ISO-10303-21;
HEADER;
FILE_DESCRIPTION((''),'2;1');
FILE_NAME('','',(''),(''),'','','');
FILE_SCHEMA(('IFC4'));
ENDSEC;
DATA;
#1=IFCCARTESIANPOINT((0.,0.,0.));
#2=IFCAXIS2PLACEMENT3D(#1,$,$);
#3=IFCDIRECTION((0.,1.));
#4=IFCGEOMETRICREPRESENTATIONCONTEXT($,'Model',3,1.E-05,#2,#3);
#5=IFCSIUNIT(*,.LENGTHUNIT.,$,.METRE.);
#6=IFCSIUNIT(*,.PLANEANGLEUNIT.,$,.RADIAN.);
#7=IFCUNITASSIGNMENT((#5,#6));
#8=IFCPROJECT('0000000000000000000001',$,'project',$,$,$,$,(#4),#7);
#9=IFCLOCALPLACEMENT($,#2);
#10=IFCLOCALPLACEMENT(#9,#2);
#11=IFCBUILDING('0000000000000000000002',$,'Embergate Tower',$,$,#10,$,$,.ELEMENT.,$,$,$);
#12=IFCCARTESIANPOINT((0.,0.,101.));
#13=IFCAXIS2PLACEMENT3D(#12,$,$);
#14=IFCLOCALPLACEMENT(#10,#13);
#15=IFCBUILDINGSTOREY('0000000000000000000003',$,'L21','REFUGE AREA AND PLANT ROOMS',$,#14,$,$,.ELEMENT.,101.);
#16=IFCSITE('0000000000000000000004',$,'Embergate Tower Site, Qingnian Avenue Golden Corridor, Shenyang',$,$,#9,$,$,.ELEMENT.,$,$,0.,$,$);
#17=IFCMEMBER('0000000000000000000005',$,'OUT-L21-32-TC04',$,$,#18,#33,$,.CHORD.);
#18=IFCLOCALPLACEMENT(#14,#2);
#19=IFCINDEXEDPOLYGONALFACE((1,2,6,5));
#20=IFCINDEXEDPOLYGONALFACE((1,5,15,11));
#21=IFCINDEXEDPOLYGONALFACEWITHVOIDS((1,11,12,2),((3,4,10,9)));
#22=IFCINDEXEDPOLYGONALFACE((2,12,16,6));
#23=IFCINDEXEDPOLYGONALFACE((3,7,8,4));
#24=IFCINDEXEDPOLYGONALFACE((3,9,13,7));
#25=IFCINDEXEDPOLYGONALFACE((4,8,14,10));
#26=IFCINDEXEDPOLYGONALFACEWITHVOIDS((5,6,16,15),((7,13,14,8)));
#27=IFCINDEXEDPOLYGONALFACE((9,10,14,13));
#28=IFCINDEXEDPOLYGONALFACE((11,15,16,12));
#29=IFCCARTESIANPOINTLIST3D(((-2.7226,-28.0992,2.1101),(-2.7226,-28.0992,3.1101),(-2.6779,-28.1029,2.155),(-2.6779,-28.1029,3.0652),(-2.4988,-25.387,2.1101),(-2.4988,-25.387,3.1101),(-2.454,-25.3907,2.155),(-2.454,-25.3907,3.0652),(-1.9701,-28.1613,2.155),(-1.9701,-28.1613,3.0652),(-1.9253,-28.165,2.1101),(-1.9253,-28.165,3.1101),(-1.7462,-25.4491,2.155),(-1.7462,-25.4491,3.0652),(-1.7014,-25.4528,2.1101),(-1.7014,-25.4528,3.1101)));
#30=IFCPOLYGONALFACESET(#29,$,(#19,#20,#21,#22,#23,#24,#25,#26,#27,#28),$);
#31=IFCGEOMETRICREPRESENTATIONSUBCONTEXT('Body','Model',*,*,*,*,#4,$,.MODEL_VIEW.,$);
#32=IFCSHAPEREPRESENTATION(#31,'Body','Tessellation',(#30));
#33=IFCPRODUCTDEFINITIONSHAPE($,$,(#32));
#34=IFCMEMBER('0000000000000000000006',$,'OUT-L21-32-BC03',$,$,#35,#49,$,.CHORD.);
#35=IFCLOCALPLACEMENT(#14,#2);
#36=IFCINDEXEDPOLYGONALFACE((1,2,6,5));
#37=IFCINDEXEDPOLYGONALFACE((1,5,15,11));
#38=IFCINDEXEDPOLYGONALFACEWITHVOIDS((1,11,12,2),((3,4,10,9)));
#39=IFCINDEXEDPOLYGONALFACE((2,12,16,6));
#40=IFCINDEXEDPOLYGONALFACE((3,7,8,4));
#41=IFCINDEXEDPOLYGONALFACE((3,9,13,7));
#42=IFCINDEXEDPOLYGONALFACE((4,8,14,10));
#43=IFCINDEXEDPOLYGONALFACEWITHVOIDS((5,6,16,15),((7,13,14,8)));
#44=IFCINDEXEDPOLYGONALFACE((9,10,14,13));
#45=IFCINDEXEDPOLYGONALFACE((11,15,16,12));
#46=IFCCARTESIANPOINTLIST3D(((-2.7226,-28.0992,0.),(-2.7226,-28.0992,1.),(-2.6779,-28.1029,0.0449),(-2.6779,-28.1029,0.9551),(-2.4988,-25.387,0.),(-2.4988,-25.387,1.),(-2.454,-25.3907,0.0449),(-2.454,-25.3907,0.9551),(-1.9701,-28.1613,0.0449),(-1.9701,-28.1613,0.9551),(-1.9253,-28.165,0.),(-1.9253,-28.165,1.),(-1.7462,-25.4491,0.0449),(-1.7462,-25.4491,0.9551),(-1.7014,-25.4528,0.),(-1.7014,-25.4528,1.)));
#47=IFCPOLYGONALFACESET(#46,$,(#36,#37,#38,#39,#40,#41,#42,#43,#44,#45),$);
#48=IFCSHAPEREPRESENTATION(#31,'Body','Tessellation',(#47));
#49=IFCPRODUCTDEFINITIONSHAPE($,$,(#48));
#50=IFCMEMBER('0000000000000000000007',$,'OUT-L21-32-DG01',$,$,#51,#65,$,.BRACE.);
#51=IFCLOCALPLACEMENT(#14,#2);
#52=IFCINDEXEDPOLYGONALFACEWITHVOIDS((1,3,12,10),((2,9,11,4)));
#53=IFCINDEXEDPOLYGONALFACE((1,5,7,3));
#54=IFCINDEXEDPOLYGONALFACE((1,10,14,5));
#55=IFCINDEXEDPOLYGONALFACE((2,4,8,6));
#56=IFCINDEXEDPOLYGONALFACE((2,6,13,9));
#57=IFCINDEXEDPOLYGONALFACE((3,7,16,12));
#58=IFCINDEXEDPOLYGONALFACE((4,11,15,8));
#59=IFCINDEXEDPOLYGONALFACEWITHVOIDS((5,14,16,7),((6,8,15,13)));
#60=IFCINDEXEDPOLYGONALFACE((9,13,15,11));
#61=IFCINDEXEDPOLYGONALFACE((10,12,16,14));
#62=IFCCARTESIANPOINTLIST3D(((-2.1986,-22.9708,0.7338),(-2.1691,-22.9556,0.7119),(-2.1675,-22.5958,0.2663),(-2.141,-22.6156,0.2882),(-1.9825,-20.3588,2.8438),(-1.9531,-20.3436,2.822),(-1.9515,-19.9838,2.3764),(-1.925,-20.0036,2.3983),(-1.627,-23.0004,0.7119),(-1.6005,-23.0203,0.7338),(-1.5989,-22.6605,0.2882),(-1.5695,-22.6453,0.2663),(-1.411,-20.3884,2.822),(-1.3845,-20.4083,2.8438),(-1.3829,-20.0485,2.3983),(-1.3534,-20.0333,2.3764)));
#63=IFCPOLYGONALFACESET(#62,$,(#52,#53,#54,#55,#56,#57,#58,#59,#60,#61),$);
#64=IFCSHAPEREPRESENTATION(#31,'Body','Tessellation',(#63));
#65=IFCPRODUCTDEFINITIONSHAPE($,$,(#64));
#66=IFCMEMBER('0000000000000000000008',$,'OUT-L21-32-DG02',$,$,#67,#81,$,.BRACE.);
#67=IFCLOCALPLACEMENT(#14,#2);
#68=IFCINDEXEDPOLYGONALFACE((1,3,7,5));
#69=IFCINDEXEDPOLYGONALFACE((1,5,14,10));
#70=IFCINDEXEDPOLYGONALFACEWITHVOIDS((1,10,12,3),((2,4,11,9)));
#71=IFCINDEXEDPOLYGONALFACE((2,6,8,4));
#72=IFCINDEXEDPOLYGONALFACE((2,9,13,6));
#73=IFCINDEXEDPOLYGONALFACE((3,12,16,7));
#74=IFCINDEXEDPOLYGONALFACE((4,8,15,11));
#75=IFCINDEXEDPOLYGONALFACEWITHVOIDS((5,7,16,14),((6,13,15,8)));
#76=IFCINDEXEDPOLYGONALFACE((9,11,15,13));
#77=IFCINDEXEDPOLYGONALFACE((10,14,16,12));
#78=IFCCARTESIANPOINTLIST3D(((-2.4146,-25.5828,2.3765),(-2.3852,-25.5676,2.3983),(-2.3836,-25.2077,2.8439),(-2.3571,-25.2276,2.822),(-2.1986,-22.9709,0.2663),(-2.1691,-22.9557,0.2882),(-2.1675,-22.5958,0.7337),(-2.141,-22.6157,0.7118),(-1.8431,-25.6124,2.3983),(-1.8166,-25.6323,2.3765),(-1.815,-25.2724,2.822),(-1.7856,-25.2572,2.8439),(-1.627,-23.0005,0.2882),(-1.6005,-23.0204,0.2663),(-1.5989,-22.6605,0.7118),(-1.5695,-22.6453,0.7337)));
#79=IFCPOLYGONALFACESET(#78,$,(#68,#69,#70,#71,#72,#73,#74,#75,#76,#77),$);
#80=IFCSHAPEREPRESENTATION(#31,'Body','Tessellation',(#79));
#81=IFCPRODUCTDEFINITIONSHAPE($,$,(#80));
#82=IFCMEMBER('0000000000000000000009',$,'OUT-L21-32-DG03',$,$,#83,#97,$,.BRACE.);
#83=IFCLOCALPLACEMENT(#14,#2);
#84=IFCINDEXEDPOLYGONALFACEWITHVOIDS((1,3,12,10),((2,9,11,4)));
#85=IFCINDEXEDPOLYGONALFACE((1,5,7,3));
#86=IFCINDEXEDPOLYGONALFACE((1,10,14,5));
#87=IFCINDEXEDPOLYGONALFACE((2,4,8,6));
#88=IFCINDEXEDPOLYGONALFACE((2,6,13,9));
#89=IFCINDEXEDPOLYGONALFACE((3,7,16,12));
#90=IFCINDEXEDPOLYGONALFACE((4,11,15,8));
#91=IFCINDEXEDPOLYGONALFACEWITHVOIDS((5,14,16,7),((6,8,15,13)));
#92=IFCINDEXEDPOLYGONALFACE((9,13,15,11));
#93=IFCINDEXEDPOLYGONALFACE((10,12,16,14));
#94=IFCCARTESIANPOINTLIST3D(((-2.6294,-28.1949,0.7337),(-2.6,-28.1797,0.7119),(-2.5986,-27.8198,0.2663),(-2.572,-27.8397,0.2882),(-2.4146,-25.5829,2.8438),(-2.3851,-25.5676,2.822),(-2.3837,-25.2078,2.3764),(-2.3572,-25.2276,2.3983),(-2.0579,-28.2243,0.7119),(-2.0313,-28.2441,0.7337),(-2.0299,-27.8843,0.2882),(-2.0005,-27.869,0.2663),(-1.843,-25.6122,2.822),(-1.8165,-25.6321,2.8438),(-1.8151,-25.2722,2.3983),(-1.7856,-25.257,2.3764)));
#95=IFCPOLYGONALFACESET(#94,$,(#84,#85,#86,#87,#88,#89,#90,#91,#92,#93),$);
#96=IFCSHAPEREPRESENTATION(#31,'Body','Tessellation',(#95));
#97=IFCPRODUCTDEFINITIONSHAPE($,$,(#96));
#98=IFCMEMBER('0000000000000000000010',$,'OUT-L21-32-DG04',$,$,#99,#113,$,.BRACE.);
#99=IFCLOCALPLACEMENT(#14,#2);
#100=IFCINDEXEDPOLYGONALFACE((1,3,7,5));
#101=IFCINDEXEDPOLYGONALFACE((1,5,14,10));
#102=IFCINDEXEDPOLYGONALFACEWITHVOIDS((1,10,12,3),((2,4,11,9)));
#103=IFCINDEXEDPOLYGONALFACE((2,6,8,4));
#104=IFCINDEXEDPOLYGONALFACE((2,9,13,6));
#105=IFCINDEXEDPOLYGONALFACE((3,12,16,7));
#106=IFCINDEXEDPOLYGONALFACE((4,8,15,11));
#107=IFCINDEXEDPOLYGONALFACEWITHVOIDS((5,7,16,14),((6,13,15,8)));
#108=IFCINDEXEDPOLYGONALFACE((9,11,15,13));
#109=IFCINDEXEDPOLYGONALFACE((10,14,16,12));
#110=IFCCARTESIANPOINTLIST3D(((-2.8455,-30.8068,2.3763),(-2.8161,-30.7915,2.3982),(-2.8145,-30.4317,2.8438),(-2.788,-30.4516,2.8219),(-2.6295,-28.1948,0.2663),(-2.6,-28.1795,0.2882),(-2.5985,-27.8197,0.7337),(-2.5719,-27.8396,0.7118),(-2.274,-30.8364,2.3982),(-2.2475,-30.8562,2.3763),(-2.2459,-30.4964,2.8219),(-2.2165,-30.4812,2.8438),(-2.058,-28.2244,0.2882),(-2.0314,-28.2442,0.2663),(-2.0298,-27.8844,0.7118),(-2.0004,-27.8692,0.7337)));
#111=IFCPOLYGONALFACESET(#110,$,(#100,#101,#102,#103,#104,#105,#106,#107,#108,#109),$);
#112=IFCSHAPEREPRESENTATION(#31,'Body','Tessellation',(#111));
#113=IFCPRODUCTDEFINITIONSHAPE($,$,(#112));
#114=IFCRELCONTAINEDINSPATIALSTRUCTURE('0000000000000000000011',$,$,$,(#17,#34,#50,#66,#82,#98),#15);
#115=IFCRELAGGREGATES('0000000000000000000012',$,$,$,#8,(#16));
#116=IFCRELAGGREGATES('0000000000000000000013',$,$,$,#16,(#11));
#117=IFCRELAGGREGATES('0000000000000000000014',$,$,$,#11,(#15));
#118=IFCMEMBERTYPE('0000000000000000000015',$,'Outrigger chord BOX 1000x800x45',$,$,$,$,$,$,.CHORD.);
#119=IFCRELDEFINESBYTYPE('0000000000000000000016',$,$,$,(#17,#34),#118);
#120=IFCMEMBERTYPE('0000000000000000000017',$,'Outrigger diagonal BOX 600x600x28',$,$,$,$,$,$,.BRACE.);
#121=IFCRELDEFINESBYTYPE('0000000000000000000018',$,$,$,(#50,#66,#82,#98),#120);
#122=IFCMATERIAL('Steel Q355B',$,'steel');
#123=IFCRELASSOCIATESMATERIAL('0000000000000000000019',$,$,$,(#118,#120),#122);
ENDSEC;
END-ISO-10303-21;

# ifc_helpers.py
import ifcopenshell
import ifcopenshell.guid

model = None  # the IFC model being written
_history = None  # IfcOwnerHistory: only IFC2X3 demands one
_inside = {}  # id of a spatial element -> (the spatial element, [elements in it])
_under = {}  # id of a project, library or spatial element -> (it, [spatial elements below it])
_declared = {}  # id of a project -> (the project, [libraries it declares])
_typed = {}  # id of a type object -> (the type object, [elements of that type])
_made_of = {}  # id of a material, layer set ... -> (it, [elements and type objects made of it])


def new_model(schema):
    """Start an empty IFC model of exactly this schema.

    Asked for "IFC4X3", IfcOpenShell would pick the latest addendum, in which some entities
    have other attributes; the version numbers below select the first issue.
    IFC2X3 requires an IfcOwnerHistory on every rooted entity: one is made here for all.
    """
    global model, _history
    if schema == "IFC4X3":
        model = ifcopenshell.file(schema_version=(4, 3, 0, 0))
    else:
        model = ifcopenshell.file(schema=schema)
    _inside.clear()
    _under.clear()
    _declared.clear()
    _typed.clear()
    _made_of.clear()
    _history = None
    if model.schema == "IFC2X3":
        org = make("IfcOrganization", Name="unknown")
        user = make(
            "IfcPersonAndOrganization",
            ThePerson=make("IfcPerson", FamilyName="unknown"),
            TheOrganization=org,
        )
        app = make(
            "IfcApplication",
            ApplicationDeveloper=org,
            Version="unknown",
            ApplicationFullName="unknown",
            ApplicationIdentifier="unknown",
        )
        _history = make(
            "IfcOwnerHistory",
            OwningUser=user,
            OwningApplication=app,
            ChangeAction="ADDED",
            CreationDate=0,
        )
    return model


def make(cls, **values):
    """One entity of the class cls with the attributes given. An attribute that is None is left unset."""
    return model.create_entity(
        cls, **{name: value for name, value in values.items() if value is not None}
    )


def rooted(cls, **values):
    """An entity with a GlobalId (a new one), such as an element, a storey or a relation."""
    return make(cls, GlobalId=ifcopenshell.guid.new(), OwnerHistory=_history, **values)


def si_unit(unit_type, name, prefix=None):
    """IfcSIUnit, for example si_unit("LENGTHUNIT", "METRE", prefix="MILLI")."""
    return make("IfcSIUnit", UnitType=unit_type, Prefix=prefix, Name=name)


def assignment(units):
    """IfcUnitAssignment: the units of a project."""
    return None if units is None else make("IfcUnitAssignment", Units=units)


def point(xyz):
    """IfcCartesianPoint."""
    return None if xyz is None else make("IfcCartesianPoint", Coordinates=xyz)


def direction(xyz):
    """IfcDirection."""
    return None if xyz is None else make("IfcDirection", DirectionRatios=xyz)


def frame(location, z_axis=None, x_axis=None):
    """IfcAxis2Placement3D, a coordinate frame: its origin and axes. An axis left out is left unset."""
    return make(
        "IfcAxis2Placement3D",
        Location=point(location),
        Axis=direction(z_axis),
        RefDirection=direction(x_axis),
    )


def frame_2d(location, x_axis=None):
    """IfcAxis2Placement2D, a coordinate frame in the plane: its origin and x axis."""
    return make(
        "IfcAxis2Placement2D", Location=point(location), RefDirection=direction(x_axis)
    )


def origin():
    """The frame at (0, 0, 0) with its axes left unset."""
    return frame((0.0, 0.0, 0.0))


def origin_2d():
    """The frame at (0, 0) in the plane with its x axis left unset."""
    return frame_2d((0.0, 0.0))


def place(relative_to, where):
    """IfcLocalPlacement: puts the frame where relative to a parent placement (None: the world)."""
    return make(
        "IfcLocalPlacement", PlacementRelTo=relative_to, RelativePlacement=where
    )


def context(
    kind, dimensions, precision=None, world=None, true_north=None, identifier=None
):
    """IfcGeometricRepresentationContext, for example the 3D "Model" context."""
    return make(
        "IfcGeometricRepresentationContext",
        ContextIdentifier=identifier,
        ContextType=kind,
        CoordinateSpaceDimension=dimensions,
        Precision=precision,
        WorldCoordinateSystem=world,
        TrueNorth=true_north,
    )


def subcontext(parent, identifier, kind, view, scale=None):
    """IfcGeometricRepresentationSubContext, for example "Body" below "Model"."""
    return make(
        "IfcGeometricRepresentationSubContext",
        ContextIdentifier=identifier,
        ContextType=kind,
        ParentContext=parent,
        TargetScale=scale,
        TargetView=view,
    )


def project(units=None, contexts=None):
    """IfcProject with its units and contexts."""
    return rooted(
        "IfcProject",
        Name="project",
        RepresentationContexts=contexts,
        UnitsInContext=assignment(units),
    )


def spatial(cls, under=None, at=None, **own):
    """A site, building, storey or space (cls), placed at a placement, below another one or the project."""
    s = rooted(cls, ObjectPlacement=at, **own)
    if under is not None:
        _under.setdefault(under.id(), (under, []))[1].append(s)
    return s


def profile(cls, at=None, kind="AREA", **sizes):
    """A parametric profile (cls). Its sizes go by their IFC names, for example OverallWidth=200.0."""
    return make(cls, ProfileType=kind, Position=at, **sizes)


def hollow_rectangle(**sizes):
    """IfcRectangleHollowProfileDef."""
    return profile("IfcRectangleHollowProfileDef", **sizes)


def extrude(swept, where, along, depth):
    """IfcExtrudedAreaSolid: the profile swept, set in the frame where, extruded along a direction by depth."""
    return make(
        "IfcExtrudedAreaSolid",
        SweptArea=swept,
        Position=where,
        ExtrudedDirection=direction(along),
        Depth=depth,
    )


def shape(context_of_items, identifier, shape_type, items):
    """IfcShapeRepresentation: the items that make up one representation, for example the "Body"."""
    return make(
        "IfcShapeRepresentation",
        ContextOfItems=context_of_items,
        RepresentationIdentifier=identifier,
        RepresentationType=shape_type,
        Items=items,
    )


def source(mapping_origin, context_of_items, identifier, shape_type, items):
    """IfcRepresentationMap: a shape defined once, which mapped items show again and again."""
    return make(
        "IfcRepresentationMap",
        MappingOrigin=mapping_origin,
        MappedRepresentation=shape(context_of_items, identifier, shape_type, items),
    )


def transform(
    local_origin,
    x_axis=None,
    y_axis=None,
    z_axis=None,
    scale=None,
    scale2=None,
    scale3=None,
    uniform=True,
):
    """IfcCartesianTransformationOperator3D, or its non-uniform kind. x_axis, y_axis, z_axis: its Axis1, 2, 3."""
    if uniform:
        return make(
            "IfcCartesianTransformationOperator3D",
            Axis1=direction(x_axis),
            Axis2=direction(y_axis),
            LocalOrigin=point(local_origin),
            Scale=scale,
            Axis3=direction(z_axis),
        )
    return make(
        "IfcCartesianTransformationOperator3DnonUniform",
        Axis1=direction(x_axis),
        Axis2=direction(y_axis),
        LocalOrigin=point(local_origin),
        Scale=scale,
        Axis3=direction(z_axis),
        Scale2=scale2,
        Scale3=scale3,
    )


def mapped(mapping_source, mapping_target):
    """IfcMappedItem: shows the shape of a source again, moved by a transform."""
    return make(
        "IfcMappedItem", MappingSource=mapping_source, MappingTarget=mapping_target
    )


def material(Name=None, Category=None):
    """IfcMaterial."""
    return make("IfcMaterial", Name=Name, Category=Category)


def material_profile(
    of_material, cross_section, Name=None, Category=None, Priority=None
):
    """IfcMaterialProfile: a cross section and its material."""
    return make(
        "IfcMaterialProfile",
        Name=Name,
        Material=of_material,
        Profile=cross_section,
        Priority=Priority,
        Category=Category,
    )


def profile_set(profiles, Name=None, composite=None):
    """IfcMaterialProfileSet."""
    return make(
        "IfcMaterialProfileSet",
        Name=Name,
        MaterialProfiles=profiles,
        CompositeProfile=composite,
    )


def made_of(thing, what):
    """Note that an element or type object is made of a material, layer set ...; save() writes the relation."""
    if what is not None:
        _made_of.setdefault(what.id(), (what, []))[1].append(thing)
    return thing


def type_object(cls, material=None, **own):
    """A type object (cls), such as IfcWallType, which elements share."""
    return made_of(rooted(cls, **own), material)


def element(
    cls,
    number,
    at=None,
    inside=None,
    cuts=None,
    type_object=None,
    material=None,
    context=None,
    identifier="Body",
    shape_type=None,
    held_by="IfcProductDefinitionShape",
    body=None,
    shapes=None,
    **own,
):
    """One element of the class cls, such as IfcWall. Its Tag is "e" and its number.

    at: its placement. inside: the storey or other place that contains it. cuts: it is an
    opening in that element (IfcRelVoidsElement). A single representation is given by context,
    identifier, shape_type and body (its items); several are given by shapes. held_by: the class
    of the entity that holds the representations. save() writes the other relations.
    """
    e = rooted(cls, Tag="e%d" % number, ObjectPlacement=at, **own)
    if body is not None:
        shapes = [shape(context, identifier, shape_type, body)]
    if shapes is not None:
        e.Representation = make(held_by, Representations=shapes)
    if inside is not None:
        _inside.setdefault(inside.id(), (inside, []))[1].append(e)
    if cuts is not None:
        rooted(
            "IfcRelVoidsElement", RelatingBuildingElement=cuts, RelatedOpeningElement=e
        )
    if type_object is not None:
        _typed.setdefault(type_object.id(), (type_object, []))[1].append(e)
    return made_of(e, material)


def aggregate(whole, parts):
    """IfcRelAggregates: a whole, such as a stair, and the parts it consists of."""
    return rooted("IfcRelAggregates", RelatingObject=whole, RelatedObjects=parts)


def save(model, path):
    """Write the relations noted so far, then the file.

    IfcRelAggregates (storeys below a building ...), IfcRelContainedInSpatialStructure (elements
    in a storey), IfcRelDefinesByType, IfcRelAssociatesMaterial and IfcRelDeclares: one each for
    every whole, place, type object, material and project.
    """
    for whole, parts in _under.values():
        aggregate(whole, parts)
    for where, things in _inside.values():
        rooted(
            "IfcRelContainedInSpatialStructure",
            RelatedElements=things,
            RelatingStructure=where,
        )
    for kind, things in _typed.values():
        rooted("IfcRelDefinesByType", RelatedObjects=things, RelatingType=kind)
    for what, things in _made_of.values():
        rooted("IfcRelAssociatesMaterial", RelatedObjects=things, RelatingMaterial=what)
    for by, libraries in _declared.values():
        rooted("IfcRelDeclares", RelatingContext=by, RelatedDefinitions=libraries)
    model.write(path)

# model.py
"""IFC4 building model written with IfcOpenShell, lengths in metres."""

from ifc_helpers import new_model, si_unit, direction, frame, origin, origin_2d, place, context, subcontext, project, spatial, hollow_rectangle, extrude, source, transform, mapped, material, material_profile, profile_set, type_object, element, save


model = new_model("IFC4")

# Units and contexts
model_context = context("Model", 3, precision=1e-05, world=origin(), true_north=direction((0.0, 1.0)))
body_context = subcontext(model_context, "Body", "Model", "MODEL_VIEW")
ifc_project = project(units=[si_unit("LENGTHUNIT", "METRE"), si_unit("PLANEANGLEUNIT", "RADIAN")], contexts=[model_context])

# Site, building, storey
site_placement = place(None, origin())
site = spatial("IfcSite", under=ifc_project, at=site_placement, Name="Embergate Tower Site, Qingnian Avenue Golden Corridor, Shenyang", CompositionType="ELEMENT", RefElevation=0.0)
building_placement = place(site_placement, origin())
building = spatial("IfcBuilding", under=site, at=building_placement, Name="Embergate Tower", CompositionType="ELEMENT")
storey_placement = place(building_placement, frame((0.0, 0.0, 101.0)))
storey = spatial("IfcBuildingStorey", under=building, at=storey_placement, Name="L21", Description="REFUGE AREA AND PLANT ROOMS", CompositionType="ELEMENT", Elevation=101.0)

# Members
ifc_material = material(Name="Steel Q355B", Category="steel")
ifc_material_profile_1 = material_profile(ifc_material, hollow_rectangle(XDim=0.8, YDim=1.0, WallThickness=0.0449, at=origin_2d()), Name="BOX 1000x800x45")
ifc_profile_set_1 = profile_set([ifc_material_profile_1], Name="Steel Q355 grade B")
member_type_1 = type_object("IfcMemberType", Name="Outrigger chord BOX 1000x800x45", PredefinedType="CHORD", material=ifc_profile_set_1)
ifc_material_profile_2 = material_profile(ifc_material, hollow_rectangle(XDim=0.6001, YDim=0.6001, WallThickness=0.0281, at=origin_2d()), Name="BOX 600x600x28")
ifc_profile_set_2 = profile_set([ifc_material_profile_2], Name="Steel Q355 grade B")
member_type_2 = type_object("IfcMemberType", Name="Outrigger diagonal BOX 600x600x28", PredefinedType="BRACE", material=ifc_profile_set_2)
shared_shape_1 = source(origin(), body_context, "Body", "SweptSolid", [
    extrude(hollow_rectangle(XDim=0.8, YDim=1.0, WallThickness=0.0449, at=origin_2d()), origin(), (0.0, 0.0, 1.0), 2.7214),
])
for number, where, z_axis, x_axis, name in (
    (1, (-2.1001, -25.4199, 2.6101), (-0.082266, -0.99661, 0.0), (0.99661, -0.082266, 0.0), "OUT-L21-32-TC04"),
    (2, (-2.1001, -25.4199, 0.5), (-0.082266, -0.99661, 0.0), (0.99661, -0.082266, 0.0), "OUT-L21-32-BC03"),
):
    element("IfcMember", number, at=place(storey_placement, frame(where, z_axis=z_axis, x_axis=x_axis)), inside=storey, type_object=member_type_1, Name=name, PredefinedType="CHORD", context=body_context, shape_type="MappedRepresentation", body=[
        mapped(shared_shape_1, transform((0.0, 0.0, 0.0))),
    ])
shared_shape_2 = source(origin(), body_context, "Body", "SweptSolid", [
    extrude(hollow_rectangle(XDim=0.6001, YDim=0.6001, WallThickness=0.0281, at=origin_2d()), origin(), (0.0, 0.0, 1.0), 3.3647),
])
for number, where, z_axis, x_axis, name in (
    (3, (-1.668, -20.196, 2.6101), (-0.064213, -0.776282, -0.627106), (0.996596, -0.082436, 0.0), "OUT-L21-32-DG01"),
    (4, (-1.884, -22.8081, 0.5), (-0.064216, -0.776254, 0.627142), (0.996596, -0.082444, 0.0), "OUT-L21-32-DG02"),
    (5, (-2.1001, -25.4199, 2.6101), (-0.063851, -0.776301, -0.627121), (0.996634, -0.081974, 0.0), "OUT-L21-32-DG03"),
    (6, (-2.3149, -28.032, 0.5), (-0.064213, -0.776282, 0.627106), (0.996596, -0.082436, 0.0), "OUT-L21-32-DG04"),
):
    element("IfcMember", number, at=place(storey_placement, frame(where, z_axis=z_axis, x_axis=x_axis)), inside=storey, type_object=member_type_2, Name=name, PredefinedType="BRACE", context=body_context, shape_type="MappedRepresentation", body=[
        mapped(shared_shape_2, transform((0.0, 0.0, 0.0))),
    ])

save(model, "model.ifc")
